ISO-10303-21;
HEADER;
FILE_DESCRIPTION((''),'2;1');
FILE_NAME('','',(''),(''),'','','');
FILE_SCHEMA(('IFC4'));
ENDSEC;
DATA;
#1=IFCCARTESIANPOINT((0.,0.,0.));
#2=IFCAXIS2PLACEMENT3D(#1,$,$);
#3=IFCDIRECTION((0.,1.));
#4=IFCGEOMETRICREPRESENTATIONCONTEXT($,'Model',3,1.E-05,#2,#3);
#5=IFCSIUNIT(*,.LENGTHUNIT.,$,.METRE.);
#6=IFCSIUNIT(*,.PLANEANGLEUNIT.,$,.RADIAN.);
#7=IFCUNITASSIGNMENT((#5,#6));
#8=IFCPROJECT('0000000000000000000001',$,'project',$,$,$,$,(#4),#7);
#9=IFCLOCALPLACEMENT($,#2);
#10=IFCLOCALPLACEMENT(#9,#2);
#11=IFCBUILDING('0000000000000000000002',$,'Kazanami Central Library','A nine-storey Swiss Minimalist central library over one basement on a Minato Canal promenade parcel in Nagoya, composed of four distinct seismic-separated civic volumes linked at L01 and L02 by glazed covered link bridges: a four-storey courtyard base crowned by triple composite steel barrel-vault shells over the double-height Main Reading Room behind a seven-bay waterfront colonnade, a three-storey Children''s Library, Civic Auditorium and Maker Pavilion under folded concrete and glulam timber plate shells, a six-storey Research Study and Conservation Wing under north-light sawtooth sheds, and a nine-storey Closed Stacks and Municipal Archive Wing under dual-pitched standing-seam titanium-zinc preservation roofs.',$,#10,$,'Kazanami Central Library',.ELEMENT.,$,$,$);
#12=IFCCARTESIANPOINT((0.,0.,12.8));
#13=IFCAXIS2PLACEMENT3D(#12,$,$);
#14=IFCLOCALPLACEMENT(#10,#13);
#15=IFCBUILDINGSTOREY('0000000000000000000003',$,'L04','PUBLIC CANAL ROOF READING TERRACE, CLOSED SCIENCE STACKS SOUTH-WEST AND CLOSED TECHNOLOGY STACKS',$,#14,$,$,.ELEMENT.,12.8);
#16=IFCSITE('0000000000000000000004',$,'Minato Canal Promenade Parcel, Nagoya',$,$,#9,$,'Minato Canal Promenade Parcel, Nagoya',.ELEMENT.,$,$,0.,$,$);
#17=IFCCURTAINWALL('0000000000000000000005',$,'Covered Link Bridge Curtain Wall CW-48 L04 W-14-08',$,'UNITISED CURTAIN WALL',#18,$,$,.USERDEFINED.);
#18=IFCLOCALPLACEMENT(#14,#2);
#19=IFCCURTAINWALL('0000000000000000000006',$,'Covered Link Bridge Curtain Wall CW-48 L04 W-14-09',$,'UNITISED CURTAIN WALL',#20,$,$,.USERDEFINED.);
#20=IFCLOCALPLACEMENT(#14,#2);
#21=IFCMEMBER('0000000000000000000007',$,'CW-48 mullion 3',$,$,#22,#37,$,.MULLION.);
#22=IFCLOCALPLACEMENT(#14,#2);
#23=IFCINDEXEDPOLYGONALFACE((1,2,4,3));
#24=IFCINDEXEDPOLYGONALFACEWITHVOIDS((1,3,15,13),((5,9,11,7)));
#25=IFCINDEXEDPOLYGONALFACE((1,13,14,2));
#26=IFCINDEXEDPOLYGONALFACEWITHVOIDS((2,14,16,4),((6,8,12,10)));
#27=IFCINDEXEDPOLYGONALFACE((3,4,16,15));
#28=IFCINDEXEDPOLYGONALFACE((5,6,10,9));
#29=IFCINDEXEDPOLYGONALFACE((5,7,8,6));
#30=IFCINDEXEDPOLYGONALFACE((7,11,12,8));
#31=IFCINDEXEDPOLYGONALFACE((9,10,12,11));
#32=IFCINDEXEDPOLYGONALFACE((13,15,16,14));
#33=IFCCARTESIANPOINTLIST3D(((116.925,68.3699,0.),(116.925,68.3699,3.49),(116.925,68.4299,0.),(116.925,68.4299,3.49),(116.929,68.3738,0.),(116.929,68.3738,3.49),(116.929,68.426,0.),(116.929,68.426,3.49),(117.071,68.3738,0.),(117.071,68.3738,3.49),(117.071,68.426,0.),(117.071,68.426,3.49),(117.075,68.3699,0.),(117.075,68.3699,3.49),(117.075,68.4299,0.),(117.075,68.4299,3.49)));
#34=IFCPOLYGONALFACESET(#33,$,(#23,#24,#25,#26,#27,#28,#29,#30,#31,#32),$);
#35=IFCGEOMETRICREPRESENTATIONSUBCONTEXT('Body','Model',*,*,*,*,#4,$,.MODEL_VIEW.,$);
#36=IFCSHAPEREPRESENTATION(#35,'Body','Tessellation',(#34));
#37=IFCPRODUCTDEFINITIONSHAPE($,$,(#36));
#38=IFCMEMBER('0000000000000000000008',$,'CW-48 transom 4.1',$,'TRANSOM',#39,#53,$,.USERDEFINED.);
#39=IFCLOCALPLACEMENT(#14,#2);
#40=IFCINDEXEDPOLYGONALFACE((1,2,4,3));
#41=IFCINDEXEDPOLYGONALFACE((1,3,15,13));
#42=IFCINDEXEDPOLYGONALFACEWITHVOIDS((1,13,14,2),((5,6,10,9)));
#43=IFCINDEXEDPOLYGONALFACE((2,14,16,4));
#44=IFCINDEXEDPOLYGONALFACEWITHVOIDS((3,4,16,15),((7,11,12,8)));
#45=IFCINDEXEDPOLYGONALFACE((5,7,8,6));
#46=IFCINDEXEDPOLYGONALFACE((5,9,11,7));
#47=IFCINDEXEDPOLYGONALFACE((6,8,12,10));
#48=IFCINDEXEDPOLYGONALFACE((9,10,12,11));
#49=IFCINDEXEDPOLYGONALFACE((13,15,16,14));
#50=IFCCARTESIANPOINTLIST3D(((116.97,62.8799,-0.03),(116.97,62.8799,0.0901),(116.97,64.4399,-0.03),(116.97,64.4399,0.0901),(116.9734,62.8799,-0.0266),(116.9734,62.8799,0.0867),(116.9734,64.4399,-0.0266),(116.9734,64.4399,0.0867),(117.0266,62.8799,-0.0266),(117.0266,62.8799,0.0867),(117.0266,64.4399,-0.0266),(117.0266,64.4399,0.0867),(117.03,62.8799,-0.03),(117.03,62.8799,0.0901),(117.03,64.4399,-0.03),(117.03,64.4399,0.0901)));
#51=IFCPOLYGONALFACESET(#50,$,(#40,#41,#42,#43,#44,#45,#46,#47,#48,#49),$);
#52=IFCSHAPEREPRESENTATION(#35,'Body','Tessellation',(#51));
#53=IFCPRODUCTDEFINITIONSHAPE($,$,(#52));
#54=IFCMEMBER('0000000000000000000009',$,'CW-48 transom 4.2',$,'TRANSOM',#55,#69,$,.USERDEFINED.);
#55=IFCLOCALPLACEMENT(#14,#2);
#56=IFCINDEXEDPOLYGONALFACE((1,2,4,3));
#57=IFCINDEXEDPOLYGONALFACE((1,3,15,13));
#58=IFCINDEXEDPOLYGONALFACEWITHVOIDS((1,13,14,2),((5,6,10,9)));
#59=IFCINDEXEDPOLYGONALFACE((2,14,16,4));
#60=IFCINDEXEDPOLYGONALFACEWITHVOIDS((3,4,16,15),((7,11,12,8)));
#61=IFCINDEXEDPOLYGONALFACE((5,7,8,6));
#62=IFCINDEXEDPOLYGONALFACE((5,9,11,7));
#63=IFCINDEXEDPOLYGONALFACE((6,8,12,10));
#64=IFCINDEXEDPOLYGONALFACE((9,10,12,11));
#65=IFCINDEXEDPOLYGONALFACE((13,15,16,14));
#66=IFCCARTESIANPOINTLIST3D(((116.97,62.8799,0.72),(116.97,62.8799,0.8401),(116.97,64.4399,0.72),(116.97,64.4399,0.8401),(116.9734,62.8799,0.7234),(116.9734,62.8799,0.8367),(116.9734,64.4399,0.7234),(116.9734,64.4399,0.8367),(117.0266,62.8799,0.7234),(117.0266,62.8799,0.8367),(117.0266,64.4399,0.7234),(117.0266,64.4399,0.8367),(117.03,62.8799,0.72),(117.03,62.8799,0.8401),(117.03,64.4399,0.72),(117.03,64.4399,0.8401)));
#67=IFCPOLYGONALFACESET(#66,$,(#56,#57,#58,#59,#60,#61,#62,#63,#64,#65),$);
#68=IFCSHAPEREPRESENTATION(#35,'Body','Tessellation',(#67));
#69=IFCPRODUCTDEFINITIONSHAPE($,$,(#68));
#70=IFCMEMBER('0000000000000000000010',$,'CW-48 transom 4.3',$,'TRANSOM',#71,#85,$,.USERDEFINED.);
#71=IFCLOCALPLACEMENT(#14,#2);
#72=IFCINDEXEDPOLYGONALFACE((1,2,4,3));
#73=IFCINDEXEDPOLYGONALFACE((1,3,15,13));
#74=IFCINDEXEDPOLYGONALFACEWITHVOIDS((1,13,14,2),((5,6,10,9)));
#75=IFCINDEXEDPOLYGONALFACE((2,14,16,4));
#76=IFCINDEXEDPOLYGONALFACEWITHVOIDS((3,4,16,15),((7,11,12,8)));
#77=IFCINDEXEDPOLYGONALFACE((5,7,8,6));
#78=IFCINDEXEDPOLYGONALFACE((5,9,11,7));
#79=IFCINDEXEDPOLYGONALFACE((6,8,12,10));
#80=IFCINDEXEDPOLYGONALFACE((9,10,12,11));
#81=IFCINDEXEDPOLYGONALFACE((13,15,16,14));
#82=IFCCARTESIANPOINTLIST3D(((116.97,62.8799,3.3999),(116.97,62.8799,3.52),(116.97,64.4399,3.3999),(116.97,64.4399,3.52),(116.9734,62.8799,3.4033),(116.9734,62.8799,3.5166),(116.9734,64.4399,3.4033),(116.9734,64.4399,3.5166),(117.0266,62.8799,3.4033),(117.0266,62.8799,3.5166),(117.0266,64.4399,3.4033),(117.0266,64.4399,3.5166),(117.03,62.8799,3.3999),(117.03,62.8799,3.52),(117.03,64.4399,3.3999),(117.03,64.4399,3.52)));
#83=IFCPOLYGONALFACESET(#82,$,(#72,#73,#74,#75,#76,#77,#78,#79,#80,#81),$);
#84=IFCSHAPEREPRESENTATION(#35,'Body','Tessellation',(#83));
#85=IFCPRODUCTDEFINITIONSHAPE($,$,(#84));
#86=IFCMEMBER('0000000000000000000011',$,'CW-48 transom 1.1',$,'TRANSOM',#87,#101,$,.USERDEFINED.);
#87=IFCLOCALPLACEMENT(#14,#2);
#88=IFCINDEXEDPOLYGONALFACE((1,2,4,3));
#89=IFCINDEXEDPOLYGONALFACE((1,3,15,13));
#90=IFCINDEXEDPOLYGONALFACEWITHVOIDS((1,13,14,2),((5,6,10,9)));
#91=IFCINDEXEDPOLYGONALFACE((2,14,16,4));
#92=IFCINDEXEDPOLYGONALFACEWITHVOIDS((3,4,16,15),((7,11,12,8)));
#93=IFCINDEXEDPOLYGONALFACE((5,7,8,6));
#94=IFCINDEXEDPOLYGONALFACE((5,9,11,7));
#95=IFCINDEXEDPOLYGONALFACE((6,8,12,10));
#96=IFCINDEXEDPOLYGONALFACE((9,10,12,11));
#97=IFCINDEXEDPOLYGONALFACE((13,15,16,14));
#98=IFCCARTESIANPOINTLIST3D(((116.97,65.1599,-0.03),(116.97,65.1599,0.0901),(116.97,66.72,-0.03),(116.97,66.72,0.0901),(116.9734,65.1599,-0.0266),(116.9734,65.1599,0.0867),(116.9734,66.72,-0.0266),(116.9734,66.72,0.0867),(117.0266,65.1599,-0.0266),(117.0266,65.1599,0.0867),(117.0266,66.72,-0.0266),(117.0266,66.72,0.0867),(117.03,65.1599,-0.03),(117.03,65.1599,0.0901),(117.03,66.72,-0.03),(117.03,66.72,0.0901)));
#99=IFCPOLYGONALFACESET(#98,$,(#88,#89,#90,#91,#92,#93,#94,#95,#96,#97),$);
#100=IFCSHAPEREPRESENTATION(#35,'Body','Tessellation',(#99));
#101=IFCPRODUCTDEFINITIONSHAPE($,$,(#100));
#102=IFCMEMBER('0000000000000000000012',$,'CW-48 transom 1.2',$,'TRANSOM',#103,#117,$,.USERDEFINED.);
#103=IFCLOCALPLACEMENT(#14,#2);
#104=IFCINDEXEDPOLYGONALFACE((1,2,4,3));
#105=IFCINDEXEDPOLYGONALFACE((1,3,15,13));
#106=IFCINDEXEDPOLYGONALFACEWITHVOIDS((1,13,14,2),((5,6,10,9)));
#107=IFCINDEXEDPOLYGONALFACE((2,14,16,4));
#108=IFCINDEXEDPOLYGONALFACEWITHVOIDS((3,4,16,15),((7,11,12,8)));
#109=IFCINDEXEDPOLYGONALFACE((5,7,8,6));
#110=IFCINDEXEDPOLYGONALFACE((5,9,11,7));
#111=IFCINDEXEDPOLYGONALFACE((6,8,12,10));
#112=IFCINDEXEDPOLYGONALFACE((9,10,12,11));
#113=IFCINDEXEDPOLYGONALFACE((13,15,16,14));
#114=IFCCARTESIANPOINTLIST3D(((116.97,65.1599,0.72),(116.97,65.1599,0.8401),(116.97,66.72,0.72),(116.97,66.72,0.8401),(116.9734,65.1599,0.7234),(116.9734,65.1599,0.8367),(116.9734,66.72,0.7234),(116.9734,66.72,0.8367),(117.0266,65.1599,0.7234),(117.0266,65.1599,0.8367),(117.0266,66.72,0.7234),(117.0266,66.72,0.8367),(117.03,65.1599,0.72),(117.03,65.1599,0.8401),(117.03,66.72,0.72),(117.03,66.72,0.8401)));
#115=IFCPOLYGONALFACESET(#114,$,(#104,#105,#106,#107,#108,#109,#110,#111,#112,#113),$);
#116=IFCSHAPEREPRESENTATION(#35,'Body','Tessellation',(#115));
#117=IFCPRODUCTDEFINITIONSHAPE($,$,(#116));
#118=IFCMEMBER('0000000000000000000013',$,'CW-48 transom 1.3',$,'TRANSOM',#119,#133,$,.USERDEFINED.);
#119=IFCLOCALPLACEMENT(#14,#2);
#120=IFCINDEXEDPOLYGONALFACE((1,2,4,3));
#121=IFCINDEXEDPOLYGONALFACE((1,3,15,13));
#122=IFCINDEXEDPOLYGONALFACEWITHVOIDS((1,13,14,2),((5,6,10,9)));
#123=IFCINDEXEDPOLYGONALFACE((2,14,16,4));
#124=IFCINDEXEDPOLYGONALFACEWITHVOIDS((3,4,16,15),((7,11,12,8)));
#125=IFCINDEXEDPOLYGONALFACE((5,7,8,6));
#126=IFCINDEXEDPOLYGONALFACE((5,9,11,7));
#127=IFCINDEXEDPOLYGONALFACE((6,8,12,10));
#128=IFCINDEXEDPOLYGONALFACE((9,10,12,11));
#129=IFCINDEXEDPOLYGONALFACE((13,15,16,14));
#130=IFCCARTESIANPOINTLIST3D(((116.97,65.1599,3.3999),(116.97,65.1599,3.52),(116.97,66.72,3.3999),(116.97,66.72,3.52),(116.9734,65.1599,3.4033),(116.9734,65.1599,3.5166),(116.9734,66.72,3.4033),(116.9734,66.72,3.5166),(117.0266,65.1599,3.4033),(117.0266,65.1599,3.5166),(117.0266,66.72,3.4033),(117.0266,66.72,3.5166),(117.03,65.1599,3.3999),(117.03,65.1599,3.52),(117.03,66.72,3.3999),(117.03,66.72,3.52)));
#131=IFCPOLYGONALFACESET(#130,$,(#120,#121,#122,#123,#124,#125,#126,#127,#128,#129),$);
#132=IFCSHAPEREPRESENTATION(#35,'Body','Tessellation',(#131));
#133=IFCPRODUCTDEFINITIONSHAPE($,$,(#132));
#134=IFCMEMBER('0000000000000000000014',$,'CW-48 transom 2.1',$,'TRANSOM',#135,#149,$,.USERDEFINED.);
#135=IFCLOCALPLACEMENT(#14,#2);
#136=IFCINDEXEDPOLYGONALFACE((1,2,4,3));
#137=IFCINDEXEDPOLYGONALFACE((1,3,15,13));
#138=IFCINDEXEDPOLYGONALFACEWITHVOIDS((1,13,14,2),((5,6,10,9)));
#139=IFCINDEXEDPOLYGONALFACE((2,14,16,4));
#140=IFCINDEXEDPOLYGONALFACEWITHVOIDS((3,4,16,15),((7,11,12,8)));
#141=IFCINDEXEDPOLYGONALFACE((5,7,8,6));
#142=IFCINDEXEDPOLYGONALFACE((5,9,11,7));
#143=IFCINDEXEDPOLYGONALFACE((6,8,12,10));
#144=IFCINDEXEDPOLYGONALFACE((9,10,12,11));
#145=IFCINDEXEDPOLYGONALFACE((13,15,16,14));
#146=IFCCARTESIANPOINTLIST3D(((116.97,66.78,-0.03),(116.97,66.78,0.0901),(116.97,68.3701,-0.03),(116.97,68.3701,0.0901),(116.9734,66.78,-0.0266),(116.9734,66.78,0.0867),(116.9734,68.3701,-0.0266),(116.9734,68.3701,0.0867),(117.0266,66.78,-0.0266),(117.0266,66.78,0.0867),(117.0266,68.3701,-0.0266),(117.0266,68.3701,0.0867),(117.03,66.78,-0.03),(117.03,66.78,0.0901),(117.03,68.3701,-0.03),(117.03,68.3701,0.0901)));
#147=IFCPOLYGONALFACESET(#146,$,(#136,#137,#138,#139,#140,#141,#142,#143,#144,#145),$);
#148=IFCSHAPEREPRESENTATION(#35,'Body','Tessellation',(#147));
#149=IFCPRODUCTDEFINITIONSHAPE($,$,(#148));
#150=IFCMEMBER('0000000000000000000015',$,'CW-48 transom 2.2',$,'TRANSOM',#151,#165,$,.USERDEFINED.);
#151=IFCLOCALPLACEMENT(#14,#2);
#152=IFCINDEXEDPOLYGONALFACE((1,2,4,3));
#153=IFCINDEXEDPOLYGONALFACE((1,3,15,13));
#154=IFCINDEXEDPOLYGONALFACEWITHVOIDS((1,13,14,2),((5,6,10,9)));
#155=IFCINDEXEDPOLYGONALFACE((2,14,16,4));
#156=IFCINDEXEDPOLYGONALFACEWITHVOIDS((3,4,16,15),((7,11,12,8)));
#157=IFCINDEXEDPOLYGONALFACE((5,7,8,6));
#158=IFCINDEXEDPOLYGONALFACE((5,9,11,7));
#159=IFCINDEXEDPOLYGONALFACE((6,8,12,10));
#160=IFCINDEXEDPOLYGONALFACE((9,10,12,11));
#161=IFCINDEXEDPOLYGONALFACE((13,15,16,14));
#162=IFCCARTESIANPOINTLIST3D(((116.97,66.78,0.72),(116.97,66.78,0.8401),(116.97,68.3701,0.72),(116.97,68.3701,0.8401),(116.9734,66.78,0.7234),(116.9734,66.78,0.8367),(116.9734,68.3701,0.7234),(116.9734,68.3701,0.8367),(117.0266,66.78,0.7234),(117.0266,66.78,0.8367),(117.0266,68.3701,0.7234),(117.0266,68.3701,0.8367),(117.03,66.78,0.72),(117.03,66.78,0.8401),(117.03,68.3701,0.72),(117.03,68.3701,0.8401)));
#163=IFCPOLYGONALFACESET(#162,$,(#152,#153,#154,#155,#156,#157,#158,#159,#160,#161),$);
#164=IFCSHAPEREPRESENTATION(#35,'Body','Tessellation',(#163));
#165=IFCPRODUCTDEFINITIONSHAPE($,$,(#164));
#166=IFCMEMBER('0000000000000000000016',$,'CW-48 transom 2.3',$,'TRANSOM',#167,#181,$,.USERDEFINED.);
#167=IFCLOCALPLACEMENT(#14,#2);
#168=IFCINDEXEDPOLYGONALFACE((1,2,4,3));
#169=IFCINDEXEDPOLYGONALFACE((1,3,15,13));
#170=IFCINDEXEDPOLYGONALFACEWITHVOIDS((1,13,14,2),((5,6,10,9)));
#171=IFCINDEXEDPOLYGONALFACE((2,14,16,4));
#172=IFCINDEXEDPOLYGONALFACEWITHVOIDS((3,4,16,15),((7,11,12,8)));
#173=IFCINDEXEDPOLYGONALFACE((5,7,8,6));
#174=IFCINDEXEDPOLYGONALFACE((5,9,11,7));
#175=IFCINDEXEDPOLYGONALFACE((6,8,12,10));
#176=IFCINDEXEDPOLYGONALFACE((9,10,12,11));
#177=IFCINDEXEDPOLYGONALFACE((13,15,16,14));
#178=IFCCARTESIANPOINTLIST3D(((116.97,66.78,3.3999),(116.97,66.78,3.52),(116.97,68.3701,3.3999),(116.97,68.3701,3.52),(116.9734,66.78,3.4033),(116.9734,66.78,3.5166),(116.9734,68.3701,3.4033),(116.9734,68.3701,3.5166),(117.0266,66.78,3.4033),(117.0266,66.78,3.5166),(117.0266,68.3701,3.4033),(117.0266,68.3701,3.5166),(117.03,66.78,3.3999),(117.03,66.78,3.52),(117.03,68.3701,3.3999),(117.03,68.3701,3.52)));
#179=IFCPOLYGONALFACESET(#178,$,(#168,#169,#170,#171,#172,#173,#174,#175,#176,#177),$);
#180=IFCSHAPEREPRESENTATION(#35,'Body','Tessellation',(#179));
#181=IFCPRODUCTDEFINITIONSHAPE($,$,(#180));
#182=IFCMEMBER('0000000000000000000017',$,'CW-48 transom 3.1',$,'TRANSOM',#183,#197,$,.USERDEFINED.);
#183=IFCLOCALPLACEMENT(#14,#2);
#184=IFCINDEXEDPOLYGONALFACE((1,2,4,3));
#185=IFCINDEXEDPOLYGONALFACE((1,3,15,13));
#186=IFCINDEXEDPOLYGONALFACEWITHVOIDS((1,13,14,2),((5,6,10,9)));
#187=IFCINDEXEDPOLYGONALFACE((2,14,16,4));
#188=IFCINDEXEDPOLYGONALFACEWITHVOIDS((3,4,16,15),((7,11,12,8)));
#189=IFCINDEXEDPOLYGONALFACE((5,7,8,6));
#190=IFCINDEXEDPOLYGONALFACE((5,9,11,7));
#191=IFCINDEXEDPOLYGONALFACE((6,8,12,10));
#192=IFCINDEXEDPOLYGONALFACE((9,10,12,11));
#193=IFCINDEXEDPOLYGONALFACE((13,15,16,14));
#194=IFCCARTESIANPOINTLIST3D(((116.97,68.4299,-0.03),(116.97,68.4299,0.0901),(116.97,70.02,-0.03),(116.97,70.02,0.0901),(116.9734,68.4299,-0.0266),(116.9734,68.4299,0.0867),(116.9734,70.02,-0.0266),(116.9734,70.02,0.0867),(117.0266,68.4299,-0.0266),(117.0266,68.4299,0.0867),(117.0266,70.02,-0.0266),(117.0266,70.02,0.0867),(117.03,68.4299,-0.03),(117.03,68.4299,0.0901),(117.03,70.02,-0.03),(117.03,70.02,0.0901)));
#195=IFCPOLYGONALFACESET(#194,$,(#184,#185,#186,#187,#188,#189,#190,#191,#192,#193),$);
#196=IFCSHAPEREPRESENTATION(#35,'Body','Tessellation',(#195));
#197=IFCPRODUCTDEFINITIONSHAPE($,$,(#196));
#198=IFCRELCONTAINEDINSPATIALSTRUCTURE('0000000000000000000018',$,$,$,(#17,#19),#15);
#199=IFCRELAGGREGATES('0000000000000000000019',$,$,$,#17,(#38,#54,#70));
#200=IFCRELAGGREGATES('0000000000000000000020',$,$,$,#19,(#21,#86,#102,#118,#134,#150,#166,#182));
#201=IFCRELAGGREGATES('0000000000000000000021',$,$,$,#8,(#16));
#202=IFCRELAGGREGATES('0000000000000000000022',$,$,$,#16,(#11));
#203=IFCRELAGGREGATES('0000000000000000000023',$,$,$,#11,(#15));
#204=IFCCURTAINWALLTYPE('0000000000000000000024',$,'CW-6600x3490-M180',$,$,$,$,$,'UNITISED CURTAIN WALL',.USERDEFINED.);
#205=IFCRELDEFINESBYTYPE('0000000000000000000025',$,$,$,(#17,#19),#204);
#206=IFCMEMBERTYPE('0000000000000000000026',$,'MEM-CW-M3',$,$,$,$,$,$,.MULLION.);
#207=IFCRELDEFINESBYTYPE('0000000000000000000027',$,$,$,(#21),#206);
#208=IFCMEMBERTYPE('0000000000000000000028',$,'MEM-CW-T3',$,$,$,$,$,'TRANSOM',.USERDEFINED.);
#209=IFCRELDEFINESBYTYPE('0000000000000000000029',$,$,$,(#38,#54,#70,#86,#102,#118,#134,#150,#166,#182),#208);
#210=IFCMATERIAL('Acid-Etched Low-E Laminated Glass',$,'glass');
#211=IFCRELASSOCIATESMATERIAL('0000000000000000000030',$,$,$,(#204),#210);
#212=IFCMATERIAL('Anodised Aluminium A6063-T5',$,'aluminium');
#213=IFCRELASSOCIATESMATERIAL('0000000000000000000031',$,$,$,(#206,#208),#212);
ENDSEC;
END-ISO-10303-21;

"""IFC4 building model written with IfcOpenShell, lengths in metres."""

from ifc_helpers import new_model, si_unit, direction, frame, origin, origin_2d, place, context, subcontext, project, spatial, hollow_rectangle, extrude, material, material_profile, profile_set, type_object, element, aggregate, save


model = new_model("IFC4")

# Units and contexts
model_context = context("Model", 3, precision=1e-05, world=origin(), true_north=direction((0.0, 1.0)))
body_context = subcontext(model_context, "Body", "Model", "MODEL_VIEW")
ifc_project = project(units=[si_unit("LENGTHUNIT", "METRE"), si_unit("PLANEANGLEUNIT", "RADIAN")], contexts=[model_context])

# Site, building, storey
site_placement = place(None, origin())
site = spatial("IfcSite", under=ifc_project, at=site_placement, Name="Minato Canal Promenade Parcel, Nagoya", LongName="Minato Canal Promenade Parcel, Nagoya", CompositionType="ELEMENT", RefElevation=0.0)
building_placement = place(site_placement, origin())
building = spatial("IfcBuilding", under=site, at=building_placement, Name="Kazanami Central Library", Description="A nine-storey Swiss Minimalist central library over one basement on a Minato Canal promenade parcel in Nagoya, composed of four distinct seismic-separated civic volumes linked at L01 and L02 by glazed covered link bridges: a four-storey courtyard base crowned by triple composite steel barrel-vault shells over the double-height Main Reading Room behind a seven-bay waterfront colonnade, a three-storey Children's Library, Civic Auditorium and Maker Pavilion under folded concrete and glulam timber plate shells, a six-storey Research Study and Conservation Wing under north-light sawtooth sheds, and a nine-storey Closed Stacks and Municipal Archive Wing under dual-pitched standing-seam titanium-zinc preservation roofs.", LongName="Kazanami Central Library", CompositionType="ELEMENT")
storey_placement = place(building_placement, frame((0.0, 0.0, 12.8)))
storey = spatial("IfcBuildingStorey", under=building, at=storey_placement, Name="L04", Description="PUBLIC CANAL ROOF READING TERRACE, CLOSED SCIENCE STACKS SOUTH-WEST AND CLOSED TECHNOLOGY STACKS", CompositionType="ELEMENT", Elevation=12.8)

# Curtain walls, member
ifc_material_1 = material(Name="Acid-Etched Low-E Laminated Glass", Category="glass")
curtain_wall_type = type_object("IfcCurtainWallType", Name="CW-6600x3490-M180", ElementType="UNITISED CURTAIN WALL", PredefinedType="USERDEFINED", material=ifc_material_1)
curtain_wall_1_placement = place(storey_placement, origin())
curtain_wall_1 = element("IfcCurtainWall", 1, at=curtain_wall_1_placement, inside=storey, type_object=curtain_wall_type, Name="Covered Link Bridge Curtain Wall CW-48 L04 W-14-08", ObjectType="UNITISED CURTAIN WALL", PredefinedType="USERDEFINED")
ifc_material_2 = material(Name="Anodised Aluminium A6063-T5", Category="aluminium")
ifc_material_profile_1 = material_profile(ifc_material_2, hollow_rectangle(XDim=0.0601, YDim=0.1499, WallThickness=0.0039, at=origin_2d()), Name="ALU-MULL-60x150x4")
ifc_profile_set_1 = profile_set([ifc_material_profile_1], Name="Anodised Aluminium A6063-T5")
member_type_1 = type_object("IfcMemberType", Name="MEM-CW-M3", PredefinedType="MULLION", material=ifc_profile_set_1)
curtain_wall_2_placement = place(storey_placement, origin())
curtain_wall_2 = element("IfcCurtainWall", 2, at=curtain_wall_2_placement, inside=storey, type_object=curtain_wall_type, Name="Covered Link Bridge Curtain Wall CW-48 L04 W-14-09", ObjectType="UNITISED CURTAIN WALL", PredefinedType="USERDEFINED")
member_1_placement = place(storey_placement, frame((117.0, 68.3999, 0.0), z_axis=(0.0, 0.0, 1.0), x_axis=(0.0, 1.0, 0.0)))
member_1 = element("IfcMember", 3, at=member_1_placement, type_object=member_type_1, Name="CW-48 mullion 3", PredefinedType="MULLION", context=body_context, shape_type="SweptSolid", body=[
    extrude(hollow_rectangle(XDim=0.0601, YDim=0.1499, WallThickness=0.0039, at=origin_2d()), origin(), (0.0, 0.0, 1.0), 3.49),
])

# Members
ifc_material_profile_2 = material_profile(ifc_material_2, hollow_rectangle(XDim=0.0601, YDim=0.1201, WallThickness=0.0034, at=origin_2d()), Name="ALU-TRAN-60x120x3.5")
ifc_profile_set_2 = profile_set([ifc_material_profile_2], Name="Anodised Aluminium A6063-T5")
member_type_2 = type_object("IfcMemberType", Name="MEM-CW-T3", ElementType="TRANSOM", PredefinedType="USERDEFINED", material=ifc_profile_set_2)
member_2_placement = place(storey_placement, frame((117.0, 62.8799, 0.03), z_axis=(0.0, 1.0, 0.0), x_axis=(-1.0, 0.0, 0.0)))
member_2 = element("IfcMember", 4, at=member_2_placement, type_object=member_type_2, Name="CW-48 transom 4.1", ObjectType="TRANSOM", PredefinedType="USERDEFINED", context=body_context, shape_type="SweptSolid", body=[
    extrude(hollow_rectangle(XDim=0.0601, YDim=0.1201, WallThickness=0.0034, at=origin_2d()), origin(), (0.0, 0.0, 1.0), 1.5601),
])
member_3_placement = place(storey_placement, frame((117.0, 62.8799, 0.78), z_axis=(0.0, 1.0, 0.0), x_axis=(-1.0, 0.0, 0.0)))
member_3 = element("IfcMember", 5, at=member_3_placement, type_object=member_type_2, Name="CW-48 transom 4.2", ObjectType="TRANSOM", PredefinedType="USERDEFINED", context=body_context, shape_type="SweptSolid", body=[
    extrude(hollow_rectangle(XDim=0.0601, YDim=0.1201, WallThickness=0.0034, at=origin_2d()), origin(), (0.0, 0.0, 1.0), 1.5601),
])
member_4_placement = place(storey_placement, frame((117.0, 62.8799, 3.46), z_axis=(0.0, 1.0, 0.0), x_axis=(-1.0, 0.0, 0.0)))
member_4 = element("IfcMember", 6, at=member_4_placement, type_object=member_type_2, Name="CW-48 transom 4.3", ObjectType="TRANSOM", PredefinedType="USERDEFINED", context=body_context, shape_type="SweptSolid", body=[
    extrude(hollow_rectangle(XDim=0.0601, YDim=0.1201, WallThickness=0.0034, at=origin_2d()), origin(), (0.0, 0.0, 1.0), 1.5601),
])
member_5_placement = place(storey_placement, frame((117.0, 65.1599, 0.03), z_axis=(0.0, 1.0, 0.0), x_axis=(-1.0, 0.0, 0.0)))
member_5 = element("IfcMember", 7, at=member_5_placement, type_object=member_type_2, Name="CW-48 transom 1.1", ObjectType="TRANSOM", PredefinedType="USERDEFINED", context=body_context, shape_type="SweptSolid", body=[
    extrude(hollow_rectangle(XDim=0.0601, YDim=0.1201, WallThickness=0.0034, at=origin_2d()), origin(), (0.0, 0.0, 1.0), 1.5601),
])
member_6_placement = place(storey_placement, frame((117.0, 65.1599, 0.78), z_axis=(0.0, 1.0, 0.0), x_axis=(-1.0, 0.0, 0.0)))
member_6 = element("IfcMember", 8, at=member_6_placement, type_object=member_type_2, Name="CW-48 transom 1.2", ObjectType="TRANSOM", PredefinedType="USERDEFINED", context=body_context, shape_type="SweptSolid", body=[
    extrude(hollow_rectangle(XDim=0.0601, YDim=0.1201, WallThickness=0.0034, at=origin_2d()), origin(), (0.0, 0.0, 1.0), 1.5601),
])
member_7_placement = place(storey_placement, frame((117.0, 65.1599, 3.46), z_axis=(0.0, 1.0, 0.0), x_axis=(-1.0, 0.0, 0.0)))
member_7 = element("IfcMember", 9, at=member_7_placement, type_object=member_type_2, Name="CW-48 transom 1.3", ObjectType="TRANSOM", PredefinedType="USERDEFINED", context=body_context, shape_type="SweptSolid", body=[
    extrude(hollow_rectangle(XDim=0.0601, YDim=0.1201, WallThickness=0.0034, at=origin_2d()), origin(), (0.0, 0.0, 1.0), 1.5601),
])
member_8_placement = place(storey_placement, frame((117.0, 66.78, 0.03), z_axis=(0.0, 1.0, 0.0), x_axis=(-1.0, 0.0, 0.0)))
member_8 = element("IfcMember", 10, at=member_8_placement, type_object=member_type_2, Name="CW-48 transom 2.1", ObjectType="TRANSOM", PredefinedType="USERDEFINED", context=body_context, shape_type="SweptSolid", body=[
    extrude(hollow_rectangle(XDim=0.0601, YDim=0.1201, WallThickness=0.0034, at=origin_2d()), origin(), (0.0, 0.0, 1.0), 1.5901),
])
member_9_placement = place(storey_placement, frame((117.0, 66.78, 0.78), z_axis=(0.0, 1.0, 0.0), x_axis=(-1.0, 0.0, 0.0)))
member_9 = element("IfcMember", 11, at=member_9_placement, type_object=member_type_2, Name="CW-48 transom 2.2", ObjectType="TRANSOM", PredefinedType="USERDEFINED", context=body_context, shape_type="SweptSolid", body=[
    extrude(hollow_rectangle(XDim=0.0601, YDim=0.1201, WallThickness=0.0034, at=origin_2d()), origin(), (0.0, 0.0, 1.0), 1.5901),
])
member_10_placement = place(storey_placement, frame((117.0, 66.78, 3.46), z_axis=(0.0, 1.0, 0.0), x_axis=(-1.0, 0.0, 0.0)))
member_10 = element("IfcMember", 12, at=member_10_placement, type_object=member_type_2, Name="CW-48 transom 2.3", ObjectType="TRANSOM", PredefinedType="USERDEFINED", context=body_context, shape_type="SweptSolid", body=[
    extrude(hollow_rectangle(XDim=0.0601, YDim=0.1201, WallThickness=0.0034, at=origin_2d()), origin(), (0.0, 0.0, 1.0), 1.5901),
])
member_11_placement = place(storey_placement, frame((117.0, 68.4299, 0.03), z_axis=(0.0, 1.0, 0.0), x_axis=(-1.0, 0.0, 0.0)))
member_11 = element("IfcMember", 13, at=member_11_placement, type_object=member_type_2, Name="CW-48 transom 3.1", ObjectType="TRANSOM", PredefinedType="USERDEFINED", context=body_context, shape_type="SweptSolid", body=[
    extrude(hollow_rectangle(XDim=0.0601, YDim=0.1201, WallThickness=0.0034, at=origin_2d()), origin(), (0.0, 0.0, 1.0), 1.5901),
])

aggregate(curtain_wall_1, [member_2, member_3, member_4])
aggregate(curtain_wall_2, [member_1, member_5, member_6, member_7, member_8, member_9, member_10, member_11])

save(model, "model.ifc")
